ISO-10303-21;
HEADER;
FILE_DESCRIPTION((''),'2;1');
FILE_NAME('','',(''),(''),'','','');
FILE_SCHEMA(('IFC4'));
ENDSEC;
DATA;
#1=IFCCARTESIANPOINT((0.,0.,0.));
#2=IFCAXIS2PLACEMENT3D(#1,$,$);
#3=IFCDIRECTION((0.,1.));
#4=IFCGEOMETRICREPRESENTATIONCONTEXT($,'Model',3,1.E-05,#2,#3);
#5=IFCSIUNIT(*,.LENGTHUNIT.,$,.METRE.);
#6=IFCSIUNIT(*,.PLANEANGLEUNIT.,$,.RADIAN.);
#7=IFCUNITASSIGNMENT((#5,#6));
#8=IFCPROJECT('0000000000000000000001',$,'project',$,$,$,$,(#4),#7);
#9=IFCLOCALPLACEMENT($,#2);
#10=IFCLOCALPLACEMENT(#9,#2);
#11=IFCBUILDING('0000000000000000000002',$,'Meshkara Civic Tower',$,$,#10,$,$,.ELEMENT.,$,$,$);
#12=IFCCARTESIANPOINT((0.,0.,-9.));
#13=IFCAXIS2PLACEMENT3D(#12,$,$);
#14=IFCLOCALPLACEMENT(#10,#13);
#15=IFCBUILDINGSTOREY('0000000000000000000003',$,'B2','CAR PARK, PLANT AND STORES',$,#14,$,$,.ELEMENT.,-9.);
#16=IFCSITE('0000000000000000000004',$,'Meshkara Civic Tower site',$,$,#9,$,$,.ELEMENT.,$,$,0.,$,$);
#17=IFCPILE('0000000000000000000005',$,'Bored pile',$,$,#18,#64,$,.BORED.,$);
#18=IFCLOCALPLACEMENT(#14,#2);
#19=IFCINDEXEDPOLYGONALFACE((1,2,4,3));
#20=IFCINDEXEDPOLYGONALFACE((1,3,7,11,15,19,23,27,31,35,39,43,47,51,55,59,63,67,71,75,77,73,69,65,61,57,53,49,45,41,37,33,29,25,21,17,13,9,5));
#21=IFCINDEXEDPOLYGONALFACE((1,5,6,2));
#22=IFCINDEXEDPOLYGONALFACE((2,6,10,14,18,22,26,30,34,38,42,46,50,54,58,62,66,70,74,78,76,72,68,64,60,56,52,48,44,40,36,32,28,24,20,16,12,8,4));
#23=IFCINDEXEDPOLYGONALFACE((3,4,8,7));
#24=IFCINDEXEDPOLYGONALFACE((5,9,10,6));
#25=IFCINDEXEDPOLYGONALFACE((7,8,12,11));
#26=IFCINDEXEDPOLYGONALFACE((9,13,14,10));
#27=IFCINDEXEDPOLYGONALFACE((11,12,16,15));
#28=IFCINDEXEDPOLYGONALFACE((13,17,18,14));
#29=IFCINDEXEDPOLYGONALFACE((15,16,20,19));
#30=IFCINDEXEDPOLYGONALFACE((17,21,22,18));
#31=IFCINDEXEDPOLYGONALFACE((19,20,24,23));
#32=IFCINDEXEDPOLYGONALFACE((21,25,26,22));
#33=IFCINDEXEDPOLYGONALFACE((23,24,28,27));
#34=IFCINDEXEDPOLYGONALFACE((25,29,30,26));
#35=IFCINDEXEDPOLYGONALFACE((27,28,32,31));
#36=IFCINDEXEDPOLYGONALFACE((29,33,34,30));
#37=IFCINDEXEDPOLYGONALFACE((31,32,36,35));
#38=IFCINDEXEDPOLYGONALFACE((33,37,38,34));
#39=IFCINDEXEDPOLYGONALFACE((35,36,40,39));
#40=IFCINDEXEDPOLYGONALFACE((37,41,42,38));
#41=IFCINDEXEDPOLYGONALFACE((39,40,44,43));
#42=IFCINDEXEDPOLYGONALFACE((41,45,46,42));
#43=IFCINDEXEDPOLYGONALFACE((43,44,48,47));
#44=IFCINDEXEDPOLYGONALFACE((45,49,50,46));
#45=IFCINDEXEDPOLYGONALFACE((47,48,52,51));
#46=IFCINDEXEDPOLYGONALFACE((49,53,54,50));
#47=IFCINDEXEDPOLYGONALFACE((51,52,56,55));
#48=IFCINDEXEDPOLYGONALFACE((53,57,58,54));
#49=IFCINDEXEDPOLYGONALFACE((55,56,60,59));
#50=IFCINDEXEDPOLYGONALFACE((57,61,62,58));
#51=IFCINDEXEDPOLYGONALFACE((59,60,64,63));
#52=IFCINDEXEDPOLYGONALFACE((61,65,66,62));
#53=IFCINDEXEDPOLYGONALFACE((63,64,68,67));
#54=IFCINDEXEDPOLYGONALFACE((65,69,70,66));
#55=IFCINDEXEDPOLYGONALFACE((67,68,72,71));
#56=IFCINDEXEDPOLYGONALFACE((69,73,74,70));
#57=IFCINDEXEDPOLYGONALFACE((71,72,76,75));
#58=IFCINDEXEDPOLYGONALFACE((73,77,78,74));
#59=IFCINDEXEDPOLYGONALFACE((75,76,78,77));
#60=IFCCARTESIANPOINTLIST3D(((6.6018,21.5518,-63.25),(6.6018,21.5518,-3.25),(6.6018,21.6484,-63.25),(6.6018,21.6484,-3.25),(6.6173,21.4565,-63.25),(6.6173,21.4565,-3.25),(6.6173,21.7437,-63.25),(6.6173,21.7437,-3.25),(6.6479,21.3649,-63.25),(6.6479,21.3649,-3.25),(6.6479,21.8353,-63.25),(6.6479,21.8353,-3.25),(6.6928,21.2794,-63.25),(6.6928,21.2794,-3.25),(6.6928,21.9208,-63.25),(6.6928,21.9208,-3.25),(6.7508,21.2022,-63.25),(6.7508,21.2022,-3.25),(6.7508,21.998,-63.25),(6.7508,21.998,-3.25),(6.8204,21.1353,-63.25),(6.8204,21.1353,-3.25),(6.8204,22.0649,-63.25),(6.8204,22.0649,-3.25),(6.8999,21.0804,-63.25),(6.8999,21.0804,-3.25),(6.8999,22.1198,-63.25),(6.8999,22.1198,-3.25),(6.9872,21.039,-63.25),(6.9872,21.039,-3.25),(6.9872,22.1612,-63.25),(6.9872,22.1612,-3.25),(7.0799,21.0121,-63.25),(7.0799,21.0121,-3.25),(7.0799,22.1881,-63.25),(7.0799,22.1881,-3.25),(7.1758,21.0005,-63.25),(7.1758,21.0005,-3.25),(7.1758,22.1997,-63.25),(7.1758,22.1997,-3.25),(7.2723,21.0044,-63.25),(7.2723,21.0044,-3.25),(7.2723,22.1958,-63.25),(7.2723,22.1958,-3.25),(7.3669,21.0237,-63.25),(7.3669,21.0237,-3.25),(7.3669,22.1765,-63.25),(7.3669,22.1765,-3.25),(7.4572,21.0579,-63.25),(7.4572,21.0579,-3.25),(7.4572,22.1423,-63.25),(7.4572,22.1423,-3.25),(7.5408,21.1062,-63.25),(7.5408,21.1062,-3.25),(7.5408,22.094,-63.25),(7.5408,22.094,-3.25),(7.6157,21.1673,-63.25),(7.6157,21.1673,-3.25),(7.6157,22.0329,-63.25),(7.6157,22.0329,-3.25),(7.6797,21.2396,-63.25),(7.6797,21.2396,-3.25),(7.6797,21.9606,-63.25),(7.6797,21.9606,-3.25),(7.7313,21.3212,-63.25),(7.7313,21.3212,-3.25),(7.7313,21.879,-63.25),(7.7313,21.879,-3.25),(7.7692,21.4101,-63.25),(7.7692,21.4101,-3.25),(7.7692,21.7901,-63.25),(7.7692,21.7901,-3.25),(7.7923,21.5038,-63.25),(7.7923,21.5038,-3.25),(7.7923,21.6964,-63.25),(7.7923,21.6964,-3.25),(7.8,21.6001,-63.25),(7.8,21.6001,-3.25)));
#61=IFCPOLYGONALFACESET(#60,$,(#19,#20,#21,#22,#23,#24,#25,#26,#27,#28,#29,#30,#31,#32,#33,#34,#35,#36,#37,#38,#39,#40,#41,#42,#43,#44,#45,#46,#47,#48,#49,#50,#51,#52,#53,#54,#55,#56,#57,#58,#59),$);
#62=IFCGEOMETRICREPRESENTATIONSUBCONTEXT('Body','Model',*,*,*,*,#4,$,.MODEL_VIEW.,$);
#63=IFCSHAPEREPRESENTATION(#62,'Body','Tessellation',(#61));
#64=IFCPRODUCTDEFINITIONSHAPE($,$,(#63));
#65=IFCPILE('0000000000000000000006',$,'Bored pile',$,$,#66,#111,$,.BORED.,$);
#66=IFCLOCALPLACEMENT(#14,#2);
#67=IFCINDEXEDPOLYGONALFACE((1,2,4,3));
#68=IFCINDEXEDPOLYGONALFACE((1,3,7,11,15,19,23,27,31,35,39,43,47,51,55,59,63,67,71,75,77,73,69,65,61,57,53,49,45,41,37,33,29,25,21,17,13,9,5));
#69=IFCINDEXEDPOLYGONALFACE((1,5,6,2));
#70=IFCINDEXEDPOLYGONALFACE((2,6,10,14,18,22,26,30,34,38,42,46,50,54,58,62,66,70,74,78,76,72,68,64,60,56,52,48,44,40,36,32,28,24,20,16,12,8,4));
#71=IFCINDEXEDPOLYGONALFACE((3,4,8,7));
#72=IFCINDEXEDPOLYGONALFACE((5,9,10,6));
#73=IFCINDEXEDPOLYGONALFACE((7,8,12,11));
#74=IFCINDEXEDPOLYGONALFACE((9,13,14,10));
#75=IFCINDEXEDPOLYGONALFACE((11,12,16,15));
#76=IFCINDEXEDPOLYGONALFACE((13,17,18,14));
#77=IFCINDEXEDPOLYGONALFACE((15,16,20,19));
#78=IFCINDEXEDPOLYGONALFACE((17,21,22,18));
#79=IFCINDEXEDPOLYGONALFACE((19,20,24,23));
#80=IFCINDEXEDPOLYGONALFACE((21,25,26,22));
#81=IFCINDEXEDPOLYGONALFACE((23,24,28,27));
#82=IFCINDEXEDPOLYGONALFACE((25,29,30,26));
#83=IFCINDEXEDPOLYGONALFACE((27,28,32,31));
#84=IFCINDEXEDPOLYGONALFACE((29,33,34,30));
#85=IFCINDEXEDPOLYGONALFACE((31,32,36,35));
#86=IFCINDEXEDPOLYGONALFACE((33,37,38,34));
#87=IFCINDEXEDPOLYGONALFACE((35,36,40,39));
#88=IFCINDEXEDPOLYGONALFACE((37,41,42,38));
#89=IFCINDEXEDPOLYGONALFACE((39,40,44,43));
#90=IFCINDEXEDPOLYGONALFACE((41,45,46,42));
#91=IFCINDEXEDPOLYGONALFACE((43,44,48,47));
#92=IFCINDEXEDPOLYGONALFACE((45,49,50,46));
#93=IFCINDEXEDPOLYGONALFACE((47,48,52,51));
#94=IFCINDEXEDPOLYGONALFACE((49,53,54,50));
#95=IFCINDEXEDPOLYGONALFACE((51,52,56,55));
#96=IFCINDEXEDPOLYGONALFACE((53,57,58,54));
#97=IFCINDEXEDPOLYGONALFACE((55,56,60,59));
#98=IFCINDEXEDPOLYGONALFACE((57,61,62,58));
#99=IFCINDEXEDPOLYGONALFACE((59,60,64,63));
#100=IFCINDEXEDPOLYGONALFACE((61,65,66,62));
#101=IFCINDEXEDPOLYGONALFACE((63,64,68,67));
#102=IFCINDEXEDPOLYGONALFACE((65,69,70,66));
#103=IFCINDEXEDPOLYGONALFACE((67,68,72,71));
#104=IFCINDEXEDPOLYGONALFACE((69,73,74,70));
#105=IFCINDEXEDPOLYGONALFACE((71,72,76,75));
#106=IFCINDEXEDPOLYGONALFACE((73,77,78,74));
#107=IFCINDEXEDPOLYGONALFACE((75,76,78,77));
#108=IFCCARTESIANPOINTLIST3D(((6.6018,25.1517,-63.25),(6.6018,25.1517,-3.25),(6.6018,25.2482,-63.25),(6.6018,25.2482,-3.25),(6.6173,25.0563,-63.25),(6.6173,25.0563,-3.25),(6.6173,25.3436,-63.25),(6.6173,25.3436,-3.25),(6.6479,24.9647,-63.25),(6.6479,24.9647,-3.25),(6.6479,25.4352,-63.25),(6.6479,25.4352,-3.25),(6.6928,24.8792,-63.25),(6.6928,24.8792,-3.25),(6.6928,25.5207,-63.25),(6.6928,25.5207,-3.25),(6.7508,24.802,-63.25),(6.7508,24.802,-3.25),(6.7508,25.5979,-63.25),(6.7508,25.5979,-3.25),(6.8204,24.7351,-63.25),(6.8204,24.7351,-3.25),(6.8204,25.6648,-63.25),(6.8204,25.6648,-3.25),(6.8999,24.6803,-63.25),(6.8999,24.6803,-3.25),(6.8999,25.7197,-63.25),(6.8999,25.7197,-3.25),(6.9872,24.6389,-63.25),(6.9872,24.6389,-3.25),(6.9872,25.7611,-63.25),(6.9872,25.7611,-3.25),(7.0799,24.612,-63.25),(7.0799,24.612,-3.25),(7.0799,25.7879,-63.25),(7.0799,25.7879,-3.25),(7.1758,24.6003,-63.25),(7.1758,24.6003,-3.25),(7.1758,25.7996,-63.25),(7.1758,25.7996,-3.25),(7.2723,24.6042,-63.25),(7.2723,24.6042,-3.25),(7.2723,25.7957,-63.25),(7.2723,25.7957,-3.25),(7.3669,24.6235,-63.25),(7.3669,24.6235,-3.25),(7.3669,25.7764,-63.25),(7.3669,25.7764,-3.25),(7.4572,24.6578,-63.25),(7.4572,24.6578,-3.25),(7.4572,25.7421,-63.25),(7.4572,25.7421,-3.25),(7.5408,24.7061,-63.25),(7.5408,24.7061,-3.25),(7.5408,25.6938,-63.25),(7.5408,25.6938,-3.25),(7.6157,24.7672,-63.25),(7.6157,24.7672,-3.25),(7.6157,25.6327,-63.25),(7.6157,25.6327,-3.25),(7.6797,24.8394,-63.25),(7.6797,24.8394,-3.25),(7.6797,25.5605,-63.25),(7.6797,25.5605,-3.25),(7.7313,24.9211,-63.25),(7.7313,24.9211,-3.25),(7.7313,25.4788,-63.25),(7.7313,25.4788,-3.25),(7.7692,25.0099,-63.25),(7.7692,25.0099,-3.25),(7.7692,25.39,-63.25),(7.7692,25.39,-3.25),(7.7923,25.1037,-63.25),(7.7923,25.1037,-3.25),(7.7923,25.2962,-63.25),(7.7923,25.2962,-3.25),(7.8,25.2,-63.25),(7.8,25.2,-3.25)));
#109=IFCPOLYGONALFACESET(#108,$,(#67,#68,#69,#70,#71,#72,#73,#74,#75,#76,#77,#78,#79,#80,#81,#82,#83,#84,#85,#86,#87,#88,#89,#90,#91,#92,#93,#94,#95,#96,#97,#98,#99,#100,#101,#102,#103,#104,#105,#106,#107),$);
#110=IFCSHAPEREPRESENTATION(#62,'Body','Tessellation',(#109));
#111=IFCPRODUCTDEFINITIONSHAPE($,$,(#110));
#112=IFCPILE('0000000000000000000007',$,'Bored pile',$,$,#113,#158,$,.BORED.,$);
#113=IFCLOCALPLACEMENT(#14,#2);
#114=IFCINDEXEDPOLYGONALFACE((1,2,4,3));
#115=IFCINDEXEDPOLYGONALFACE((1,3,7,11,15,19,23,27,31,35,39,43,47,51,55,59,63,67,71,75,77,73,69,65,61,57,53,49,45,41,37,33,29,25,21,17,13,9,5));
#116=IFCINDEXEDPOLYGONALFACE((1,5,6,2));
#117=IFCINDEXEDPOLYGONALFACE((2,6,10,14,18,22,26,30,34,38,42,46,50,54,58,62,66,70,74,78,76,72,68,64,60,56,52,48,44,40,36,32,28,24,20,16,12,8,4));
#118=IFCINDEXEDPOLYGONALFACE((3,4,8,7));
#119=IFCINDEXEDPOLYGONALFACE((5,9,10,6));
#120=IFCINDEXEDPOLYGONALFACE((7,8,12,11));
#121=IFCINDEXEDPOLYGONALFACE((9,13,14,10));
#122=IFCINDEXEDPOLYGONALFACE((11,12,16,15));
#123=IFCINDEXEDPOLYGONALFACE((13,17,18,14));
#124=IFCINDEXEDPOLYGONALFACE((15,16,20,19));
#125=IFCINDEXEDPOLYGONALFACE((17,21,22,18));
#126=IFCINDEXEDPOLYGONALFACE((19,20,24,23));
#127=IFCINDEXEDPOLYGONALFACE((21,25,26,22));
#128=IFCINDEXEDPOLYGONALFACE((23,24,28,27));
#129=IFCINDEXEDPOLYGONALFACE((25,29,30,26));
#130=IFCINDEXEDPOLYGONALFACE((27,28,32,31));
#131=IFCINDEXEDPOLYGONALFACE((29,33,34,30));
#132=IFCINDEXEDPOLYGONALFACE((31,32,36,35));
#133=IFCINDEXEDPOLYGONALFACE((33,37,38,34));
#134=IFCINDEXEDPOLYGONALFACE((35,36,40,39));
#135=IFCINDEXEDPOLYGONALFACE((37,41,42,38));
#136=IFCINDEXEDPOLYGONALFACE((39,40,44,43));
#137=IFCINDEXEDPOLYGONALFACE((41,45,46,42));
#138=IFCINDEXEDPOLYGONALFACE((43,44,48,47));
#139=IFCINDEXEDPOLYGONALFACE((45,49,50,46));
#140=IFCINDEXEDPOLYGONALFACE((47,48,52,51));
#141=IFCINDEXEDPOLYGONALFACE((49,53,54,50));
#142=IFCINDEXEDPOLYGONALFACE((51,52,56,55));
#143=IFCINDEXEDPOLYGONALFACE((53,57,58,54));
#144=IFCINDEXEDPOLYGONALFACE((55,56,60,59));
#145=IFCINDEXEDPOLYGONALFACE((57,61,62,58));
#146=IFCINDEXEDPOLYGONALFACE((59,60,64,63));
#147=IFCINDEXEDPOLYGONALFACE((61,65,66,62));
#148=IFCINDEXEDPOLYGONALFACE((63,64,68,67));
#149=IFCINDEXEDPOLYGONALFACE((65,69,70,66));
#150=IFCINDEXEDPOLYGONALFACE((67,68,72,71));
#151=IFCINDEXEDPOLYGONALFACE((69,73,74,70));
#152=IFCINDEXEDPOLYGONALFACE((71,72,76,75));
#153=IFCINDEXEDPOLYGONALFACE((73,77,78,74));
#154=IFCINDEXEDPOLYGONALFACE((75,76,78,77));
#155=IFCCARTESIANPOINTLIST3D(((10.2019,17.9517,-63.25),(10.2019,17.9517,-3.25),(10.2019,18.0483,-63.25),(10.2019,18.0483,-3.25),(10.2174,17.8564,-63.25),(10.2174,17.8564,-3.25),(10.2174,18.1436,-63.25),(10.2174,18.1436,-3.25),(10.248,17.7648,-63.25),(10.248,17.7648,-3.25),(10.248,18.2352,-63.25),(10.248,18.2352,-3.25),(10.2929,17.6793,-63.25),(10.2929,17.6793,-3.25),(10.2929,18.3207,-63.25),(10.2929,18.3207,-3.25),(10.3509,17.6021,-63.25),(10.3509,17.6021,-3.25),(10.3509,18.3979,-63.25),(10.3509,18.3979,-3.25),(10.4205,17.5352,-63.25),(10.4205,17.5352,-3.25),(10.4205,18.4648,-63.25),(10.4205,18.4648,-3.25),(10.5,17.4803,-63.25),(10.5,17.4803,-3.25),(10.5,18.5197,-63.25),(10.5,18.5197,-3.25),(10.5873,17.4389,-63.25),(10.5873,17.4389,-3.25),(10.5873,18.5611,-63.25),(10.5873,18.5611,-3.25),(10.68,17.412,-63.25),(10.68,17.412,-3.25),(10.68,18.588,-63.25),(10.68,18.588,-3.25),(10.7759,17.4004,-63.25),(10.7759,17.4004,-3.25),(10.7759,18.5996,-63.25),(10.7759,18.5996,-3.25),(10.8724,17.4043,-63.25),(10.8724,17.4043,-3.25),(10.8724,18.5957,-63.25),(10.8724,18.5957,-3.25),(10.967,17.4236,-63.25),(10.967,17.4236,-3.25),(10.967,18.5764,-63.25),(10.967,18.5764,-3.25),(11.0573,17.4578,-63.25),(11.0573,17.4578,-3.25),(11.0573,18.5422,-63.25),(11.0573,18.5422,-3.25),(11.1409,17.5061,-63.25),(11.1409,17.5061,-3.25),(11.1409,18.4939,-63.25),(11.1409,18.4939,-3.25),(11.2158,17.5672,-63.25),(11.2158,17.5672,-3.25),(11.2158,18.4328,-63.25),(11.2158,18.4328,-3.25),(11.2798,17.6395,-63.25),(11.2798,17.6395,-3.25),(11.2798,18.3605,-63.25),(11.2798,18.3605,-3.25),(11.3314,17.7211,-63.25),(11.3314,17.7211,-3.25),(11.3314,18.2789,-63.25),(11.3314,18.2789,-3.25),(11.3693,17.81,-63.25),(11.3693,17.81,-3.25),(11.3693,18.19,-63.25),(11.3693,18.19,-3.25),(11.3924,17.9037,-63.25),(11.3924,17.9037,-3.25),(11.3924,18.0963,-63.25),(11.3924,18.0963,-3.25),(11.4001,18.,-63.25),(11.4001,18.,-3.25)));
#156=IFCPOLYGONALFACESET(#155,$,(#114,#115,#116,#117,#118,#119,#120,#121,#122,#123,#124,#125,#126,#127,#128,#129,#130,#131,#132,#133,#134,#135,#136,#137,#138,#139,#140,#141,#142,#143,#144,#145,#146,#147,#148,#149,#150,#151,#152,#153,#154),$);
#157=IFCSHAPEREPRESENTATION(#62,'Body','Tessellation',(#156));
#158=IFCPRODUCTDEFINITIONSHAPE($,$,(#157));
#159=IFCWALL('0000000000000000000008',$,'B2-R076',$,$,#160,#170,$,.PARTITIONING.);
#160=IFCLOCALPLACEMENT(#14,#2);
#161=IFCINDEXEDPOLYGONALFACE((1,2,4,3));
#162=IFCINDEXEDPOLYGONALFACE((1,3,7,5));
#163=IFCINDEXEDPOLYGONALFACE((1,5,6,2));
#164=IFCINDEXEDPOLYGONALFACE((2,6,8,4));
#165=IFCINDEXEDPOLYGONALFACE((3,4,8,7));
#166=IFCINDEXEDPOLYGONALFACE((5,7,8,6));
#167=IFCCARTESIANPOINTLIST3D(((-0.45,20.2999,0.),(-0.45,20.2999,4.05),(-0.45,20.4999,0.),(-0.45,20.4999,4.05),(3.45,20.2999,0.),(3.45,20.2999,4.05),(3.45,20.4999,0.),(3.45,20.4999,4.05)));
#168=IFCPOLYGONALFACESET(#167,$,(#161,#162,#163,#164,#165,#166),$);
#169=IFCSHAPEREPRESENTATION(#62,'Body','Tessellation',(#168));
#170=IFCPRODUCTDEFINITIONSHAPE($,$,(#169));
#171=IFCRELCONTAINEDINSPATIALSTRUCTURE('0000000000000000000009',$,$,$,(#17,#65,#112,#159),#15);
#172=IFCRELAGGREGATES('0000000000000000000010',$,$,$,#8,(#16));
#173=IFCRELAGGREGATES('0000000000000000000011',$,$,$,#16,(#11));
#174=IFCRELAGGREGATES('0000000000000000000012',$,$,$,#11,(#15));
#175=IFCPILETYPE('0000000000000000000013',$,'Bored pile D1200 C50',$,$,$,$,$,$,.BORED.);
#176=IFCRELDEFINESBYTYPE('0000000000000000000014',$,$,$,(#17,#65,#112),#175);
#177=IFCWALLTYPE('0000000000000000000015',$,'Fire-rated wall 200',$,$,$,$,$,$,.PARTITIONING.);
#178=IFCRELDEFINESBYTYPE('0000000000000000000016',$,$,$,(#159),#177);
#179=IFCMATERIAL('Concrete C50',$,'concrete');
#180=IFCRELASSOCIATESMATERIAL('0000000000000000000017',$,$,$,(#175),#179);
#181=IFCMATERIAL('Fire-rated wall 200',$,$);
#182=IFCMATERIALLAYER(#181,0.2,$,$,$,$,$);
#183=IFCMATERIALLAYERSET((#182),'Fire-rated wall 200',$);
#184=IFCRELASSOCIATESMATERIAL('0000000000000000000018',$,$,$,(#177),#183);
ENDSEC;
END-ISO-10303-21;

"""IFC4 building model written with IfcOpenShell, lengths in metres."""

from ifc_helpers import new_model, si_unit, direction, frame, frame_2d, origin, origin_2d, place, context, subcontext, project, spatial, rectangle, circle, extrude, material, layer, layer_set, material_profile, profile_set, type_object, element, save


model = new_model("IFC4")

# Units and contexts
model_context = context("Model", 3, precision=1e-05, world=origin(), true_north=direction((0.0, 1.0)))
body_context = subcontext(model_context, "Body", "Model", "MODEL_VIEW")
ifc_project = project(units=[si_unit("LENGTHUNIT", "METRE"), si_unit("PLANEANGLEUNIT", "RADIAN")], contexts=[model_context])

# Site, building, storey
site_placement = place(None, origin())
site = spatial("IfcSite", under=ifc_project, at=site_placement, Name="Meshkara Civic Tower site", CompositionType="ELEMENT", RefElevation=0.0)
building_placement = place(site_placement, origin())
building = spatial("IfcBuilding", under=site, at=building_placement, Name="Meshkara Civic Tower", CompositionType="ELEMENT")
storey_placement = place(building_placement, frame((0.0, 0.0, -9.0)))
storey = spatial("IfcBuildingStorey", under=building, at=storey_placement, Name="B2", Description="CAR PARK, PLANT AND STORES", CompositionType="ELEMENT", Elevation=-9.0)

# Piles
ifc_material_1 = material(Name="Concrete C50", Category="concrete")
ifc_material_profile = material_profile(ifc_material_1, circle(Radius=0.6001, at=origin_2d()))
ifc_profile_set = profile_set([ifc_material_profile], Name="Concrete C50")
pile_type = type_object("IfcPileType", Name="Bored pile D1200 C50", PredefinedType="BORED", material=ifc_profile_set)
for number, where, z_axis, x_axis, name in (
    (1, (7.2, 21.6001, -3.25), (0.0, 0.0, -1.0), (1.0, 0.0, 0.0), "Bored pile"),
    (2, (7.2, 25.2, -3.25), (0.0, 0.0, -1.0), (1.0, 0.0, 0.0), "Bored pile"),
    (3, (10.8, 18.0, -3.25), (0.0, 0.0, -1.0), (1.0, 0.0, 0.0), "Bored pile"),
):
    element("IfcPile", number, at=place(storey_placement, frame(where, z_axis=z_axis, x_axis=x_axis)), inside=storey, type_object=pile_type, Name=name, PredefinedType="BORED", context=body_context, shape_type="SweptSolid", body=[
        extrude(circle(Radius=0.6001, at=origin_2d()), origin(), (0.0, 0.0, 1.0), 60.0),
    ])

# Wall
ifc_material_2 = material(Name="Fire-rated wall 200")
ifc_layer = layer(ifc_material_2, 0.2)
ifc_layer_set = layer_set([ifc_layer], Name="Fire-rated wall 200")
wall_type = type_object("IfcWallType", Name="Fire-rated wall 200", PredefinedType="PARTITIONING", material=ifc_layer_set)
wall_placement = place(storey_placement, frame((3.45, 20.3999, 0.0), z_axis=(0.0, 0.0, 1.0), x_axis=(-1.0, 0.0, 0.0)))
element("IfcWall", 4, at=wall_placement, inside=storey, type_object=wall_type, Name="B2-R076", PredefinedType="PARTITIONING", context=body_context, shape_type="SweptSolid", body=[
    extrude(rectangle(XDim=3.8999, YDim=0.2, at=frame_2d((1.95, 0.0))), origin(), (0.0, 0.0, 1.0), 4.05),
])

save(model, "model.ifc")
